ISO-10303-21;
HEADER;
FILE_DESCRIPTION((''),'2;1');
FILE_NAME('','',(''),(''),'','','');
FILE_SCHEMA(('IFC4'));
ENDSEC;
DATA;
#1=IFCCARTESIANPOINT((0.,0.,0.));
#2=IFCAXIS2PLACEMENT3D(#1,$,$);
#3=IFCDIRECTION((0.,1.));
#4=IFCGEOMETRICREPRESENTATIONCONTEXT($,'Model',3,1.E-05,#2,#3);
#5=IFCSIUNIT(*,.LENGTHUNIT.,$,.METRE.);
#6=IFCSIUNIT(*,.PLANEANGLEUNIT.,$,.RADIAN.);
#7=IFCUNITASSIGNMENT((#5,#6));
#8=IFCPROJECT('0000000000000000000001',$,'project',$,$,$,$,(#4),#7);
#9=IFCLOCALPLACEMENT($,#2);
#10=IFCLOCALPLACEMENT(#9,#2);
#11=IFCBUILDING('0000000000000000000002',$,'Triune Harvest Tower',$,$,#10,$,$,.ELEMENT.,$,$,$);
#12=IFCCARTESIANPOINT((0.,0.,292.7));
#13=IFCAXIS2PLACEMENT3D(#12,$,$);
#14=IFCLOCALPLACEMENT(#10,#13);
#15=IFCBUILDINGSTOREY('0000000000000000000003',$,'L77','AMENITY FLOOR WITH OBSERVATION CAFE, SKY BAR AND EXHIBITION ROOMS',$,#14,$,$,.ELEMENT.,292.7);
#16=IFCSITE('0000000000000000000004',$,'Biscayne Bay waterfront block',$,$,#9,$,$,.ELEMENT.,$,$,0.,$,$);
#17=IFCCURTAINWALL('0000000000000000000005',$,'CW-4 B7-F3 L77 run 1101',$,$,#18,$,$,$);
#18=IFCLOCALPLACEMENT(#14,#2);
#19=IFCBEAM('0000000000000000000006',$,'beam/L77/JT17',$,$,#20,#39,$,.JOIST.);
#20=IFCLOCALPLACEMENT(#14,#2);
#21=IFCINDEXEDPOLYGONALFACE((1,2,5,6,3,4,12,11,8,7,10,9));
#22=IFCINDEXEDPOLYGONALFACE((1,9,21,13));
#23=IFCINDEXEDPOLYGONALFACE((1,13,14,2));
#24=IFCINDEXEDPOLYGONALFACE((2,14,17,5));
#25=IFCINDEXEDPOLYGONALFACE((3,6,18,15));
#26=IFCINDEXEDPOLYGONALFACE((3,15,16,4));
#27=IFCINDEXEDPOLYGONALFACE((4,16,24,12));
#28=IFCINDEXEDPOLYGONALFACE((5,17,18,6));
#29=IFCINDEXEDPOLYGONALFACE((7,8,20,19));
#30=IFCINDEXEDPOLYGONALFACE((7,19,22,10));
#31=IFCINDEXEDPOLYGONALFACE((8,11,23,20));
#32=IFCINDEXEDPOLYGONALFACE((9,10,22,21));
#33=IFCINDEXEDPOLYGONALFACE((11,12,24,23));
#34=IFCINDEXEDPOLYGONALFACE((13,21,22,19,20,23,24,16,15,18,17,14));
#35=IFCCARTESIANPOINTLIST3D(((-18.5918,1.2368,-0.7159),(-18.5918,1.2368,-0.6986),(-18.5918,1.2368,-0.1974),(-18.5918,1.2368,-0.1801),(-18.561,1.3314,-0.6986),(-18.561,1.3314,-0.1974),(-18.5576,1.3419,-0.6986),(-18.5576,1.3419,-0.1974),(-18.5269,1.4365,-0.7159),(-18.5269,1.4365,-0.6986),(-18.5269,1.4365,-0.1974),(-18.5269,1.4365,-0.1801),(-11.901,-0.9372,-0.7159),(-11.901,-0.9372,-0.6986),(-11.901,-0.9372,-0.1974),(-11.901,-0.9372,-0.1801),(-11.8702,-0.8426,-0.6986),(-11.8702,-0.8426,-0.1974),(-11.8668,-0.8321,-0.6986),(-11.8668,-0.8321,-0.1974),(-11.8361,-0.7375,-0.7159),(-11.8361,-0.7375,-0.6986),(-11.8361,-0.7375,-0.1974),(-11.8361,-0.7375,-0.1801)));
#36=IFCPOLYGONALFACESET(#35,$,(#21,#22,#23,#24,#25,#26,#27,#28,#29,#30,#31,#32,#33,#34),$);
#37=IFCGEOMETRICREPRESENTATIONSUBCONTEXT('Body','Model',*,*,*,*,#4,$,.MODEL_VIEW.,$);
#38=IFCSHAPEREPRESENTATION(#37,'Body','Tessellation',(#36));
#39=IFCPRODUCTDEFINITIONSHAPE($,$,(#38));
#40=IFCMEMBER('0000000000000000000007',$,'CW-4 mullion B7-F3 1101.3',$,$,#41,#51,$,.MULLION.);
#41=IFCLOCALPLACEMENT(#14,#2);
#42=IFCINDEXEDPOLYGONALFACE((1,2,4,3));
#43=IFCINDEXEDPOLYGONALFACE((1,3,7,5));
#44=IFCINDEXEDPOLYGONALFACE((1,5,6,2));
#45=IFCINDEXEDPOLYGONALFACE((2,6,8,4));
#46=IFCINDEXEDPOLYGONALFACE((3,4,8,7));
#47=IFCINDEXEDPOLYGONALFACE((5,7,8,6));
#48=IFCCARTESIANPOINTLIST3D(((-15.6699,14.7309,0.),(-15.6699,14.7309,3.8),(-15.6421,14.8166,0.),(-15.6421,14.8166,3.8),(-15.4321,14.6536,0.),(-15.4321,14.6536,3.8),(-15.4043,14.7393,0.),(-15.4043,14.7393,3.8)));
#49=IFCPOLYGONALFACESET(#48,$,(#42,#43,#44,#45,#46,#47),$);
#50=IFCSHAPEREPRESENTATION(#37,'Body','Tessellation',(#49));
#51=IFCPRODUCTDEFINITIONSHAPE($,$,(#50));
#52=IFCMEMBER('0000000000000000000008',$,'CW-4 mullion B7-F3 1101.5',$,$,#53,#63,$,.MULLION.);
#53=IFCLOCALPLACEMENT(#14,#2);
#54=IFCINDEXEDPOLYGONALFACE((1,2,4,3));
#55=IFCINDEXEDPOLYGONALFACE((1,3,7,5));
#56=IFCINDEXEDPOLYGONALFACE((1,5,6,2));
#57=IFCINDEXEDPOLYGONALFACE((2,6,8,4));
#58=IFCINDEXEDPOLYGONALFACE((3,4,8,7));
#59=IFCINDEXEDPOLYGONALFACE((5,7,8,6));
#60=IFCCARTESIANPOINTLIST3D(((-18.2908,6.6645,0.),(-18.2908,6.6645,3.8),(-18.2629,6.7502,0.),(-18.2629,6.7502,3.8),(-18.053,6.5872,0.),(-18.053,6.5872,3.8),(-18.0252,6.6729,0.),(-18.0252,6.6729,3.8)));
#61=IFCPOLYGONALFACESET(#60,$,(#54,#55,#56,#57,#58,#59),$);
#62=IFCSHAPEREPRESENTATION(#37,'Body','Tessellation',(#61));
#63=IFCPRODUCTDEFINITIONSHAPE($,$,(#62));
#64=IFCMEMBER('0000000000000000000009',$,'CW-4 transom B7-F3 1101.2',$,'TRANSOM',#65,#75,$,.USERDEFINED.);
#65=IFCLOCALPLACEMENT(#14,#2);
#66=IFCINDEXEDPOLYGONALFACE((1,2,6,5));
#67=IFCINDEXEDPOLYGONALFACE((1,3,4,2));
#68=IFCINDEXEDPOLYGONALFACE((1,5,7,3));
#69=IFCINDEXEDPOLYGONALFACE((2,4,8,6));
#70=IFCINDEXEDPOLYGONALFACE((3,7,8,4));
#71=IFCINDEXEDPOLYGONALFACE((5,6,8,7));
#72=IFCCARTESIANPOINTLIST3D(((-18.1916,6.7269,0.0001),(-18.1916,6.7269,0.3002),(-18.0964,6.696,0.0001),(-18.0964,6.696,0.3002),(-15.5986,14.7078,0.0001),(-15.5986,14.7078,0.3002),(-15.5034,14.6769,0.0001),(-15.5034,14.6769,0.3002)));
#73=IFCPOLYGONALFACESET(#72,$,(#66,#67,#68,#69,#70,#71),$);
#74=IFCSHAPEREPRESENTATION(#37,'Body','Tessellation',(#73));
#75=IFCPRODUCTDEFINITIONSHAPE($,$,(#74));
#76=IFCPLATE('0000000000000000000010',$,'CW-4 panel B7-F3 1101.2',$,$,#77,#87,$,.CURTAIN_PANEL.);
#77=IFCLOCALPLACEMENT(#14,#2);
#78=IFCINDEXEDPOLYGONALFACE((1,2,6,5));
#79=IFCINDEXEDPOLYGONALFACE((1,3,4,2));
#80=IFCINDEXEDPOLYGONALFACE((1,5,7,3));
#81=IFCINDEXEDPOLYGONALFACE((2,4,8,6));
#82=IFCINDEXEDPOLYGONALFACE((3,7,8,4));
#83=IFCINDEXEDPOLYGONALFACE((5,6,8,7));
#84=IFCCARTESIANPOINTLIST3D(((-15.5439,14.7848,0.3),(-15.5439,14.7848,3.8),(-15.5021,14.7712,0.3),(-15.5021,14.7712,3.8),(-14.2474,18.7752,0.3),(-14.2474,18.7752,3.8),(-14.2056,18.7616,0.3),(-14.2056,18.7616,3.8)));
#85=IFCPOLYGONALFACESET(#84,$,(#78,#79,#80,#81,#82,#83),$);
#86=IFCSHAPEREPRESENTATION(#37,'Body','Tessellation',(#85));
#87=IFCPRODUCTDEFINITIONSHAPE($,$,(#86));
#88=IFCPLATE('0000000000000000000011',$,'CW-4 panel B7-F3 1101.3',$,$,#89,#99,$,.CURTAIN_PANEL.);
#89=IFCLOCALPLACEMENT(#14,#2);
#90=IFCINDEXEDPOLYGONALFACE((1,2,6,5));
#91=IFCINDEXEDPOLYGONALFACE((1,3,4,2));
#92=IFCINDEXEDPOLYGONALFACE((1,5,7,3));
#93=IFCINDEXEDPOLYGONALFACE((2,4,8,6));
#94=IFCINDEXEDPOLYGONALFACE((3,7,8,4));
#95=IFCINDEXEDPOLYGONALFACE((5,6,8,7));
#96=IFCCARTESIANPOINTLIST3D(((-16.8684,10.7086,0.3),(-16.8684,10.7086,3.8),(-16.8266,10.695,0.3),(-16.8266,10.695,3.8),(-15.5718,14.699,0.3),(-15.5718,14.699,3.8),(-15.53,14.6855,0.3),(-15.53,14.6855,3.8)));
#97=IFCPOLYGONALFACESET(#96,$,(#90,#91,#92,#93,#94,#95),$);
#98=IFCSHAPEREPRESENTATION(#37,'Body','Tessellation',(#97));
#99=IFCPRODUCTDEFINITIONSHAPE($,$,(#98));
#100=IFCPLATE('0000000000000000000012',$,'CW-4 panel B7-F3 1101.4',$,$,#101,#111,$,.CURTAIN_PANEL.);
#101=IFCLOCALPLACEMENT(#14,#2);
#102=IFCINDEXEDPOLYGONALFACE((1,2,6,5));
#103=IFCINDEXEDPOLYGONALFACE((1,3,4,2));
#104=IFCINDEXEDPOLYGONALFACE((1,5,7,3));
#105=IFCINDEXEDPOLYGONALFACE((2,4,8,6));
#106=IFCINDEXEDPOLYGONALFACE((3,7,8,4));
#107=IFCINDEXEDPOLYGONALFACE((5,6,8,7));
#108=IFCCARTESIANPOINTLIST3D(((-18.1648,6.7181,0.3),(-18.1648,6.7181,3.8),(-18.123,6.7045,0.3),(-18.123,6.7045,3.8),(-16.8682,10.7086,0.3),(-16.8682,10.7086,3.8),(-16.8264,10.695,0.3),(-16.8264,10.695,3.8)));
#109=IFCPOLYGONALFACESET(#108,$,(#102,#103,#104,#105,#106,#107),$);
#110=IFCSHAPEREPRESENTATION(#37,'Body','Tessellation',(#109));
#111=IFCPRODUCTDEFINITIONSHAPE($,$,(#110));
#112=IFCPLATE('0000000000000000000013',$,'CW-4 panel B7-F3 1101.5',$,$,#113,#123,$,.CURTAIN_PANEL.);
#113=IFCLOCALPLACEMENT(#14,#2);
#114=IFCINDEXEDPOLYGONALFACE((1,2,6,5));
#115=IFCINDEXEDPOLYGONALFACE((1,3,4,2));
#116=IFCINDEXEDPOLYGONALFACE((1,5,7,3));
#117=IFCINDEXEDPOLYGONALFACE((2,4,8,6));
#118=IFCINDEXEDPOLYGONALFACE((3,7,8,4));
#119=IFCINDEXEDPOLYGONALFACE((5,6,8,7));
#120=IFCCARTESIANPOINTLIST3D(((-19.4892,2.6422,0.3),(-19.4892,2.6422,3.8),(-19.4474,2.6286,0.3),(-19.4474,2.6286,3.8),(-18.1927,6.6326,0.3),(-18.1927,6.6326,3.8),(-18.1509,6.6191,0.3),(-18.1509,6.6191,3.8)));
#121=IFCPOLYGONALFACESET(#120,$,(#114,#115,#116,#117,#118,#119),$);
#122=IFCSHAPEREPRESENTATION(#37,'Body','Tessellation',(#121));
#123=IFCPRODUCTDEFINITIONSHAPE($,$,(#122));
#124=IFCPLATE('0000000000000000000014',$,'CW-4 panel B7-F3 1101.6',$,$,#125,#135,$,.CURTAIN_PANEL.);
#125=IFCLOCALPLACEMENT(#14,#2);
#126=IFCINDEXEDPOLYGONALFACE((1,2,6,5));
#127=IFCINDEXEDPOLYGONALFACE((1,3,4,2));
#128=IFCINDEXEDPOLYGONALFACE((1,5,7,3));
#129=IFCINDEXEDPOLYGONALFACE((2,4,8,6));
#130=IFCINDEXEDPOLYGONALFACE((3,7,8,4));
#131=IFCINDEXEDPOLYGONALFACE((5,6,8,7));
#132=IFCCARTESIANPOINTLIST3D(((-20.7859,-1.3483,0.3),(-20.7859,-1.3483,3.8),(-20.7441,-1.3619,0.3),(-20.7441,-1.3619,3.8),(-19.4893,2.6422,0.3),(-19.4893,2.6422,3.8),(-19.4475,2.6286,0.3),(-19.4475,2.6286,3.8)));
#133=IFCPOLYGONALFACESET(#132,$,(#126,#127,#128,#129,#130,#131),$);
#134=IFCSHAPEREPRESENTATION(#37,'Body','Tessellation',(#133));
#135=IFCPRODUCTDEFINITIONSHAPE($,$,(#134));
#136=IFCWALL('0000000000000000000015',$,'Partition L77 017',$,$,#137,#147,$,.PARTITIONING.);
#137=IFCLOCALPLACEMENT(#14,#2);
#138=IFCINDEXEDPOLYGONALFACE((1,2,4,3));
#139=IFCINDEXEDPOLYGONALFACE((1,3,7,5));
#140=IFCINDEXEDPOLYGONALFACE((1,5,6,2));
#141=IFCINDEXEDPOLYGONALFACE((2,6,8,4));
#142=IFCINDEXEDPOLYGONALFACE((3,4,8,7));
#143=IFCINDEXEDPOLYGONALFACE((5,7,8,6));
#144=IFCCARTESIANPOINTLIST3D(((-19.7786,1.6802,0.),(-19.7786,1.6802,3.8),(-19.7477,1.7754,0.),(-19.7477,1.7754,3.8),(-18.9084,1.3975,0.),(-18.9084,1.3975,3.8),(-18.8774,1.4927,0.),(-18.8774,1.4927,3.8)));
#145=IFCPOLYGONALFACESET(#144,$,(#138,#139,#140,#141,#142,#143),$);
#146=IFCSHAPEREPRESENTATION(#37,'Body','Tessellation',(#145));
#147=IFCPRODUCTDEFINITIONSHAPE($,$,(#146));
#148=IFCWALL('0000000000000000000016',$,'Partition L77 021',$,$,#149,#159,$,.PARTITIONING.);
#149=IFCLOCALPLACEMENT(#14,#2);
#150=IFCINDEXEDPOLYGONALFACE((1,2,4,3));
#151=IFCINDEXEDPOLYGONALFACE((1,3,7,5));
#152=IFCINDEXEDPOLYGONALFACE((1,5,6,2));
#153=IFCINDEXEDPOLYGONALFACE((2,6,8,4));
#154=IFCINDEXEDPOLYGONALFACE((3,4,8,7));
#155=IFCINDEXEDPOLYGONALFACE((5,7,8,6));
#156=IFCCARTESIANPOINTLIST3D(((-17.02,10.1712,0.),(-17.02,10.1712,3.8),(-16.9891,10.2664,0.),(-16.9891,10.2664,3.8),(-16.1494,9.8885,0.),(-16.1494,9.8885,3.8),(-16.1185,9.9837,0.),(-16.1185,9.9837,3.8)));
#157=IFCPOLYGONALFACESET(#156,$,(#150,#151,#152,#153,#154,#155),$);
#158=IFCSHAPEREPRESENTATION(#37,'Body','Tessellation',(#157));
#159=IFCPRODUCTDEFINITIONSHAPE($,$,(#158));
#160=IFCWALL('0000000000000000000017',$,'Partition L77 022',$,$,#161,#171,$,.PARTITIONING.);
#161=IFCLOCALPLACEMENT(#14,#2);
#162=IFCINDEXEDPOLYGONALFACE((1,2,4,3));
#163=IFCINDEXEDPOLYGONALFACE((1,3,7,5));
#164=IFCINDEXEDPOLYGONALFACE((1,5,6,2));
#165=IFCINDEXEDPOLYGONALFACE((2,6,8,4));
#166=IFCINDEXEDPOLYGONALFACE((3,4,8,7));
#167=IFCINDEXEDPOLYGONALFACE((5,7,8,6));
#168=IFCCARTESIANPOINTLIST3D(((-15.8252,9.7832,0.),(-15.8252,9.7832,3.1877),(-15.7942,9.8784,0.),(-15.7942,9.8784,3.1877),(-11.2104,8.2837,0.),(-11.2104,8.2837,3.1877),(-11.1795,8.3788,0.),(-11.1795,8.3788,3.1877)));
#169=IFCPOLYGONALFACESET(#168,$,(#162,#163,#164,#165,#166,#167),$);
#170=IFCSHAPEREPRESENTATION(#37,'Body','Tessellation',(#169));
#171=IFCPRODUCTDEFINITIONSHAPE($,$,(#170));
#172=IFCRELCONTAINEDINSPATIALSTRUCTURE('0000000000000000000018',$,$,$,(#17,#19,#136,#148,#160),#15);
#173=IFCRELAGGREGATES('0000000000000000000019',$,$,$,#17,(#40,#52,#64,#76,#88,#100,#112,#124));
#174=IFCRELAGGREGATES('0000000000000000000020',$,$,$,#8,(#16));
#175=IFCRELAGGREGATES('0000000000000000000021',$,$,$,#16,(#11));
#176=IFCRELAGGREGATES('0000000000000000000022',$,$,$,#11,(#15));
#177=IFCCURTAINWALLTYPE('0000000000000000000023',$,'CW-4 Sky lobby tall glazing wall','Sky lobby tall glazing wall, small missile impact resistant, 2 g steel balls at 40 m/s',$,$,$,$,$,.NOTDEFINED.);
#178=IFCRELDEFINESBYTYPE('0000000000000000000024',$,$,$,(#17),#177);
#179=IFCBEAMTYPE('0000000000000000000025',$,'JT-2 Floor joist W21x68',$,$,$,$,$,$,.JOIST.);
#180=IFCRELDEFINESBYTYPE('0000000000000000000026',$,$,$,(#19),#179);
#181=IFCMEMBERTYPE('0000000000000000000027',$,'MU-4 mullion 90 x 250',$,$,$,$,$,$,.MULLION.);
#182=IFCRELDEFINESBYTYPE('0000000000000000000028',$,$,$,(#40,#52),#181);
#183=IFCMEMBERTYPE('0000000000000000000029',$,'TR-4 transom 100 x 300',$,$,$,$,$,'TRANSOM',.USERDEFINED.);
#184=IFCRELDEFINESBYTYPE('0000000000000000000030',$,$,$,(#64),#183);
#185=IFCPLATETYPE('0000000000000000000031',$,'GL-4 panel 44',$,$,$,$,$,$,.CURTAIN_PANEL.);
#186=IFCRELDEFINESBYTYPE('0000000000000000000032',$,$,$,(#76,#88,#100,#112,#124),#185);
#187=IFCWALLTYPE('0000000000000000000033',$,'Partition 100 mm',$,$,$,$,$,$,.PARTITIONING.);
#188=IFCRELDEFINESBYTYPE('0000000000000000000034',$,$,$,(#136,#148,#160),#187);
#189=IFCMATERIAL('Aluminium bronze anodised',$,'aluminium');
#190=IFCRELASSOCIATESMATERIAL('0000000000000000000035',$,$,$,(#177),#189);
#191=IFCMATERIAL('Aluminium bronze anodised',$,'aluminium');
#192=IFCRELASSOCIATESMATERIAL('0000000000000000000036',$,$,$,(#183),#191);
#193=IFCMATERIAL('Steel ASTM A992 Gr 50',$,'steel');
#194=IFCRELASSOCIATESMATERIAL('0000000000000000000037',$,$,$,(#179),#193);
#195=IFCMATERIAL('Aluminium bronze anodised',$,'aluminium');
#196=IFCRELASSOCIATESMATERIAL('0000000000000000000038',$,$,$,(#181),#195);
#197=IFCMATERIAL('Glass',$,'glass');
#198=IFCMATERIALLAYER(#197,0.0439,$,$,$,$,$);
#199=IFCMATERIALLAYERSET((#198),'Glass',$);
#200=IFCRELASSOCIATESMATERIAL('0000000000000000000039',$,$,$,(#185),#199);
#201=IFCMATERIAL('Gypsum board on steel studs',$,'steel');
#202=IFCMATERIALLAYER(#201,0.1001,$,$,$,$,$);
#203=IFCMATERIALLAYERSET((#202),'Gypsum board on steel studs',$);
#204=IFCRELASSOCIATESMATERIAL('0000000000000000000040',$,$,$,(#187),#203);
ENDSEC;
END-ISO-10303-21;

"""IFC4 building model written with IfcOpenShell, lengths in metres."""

from ifc_helpers import new_model, si_unit, direction, frame, frame_2d, origin, origin_2d, place, context, subcontext, project, spatial, rectangle, i_section, extrude, source, transform, mapped, material, layer, layer_set, material_profile, profile_set, type_object, element, aggregate, save


model = new_model("IFC4")

# Units and contexts
model_context = context("Model", 3, precision=1e-05, world=origin(), true_north=direction((0.0, 1.0)))
body_context = subcontext(model_context, "Body", "Model", "MODEL_VIEW")
ifc_project = project(units=[si_unit("LENGTHUNIT", "METRE"), si_unit("PLANEANGLEUNIT", "RADIAN")], contexts=[model_context])

# Site, building, storey
site_placement = place(None, origin())
site = spatial("IfcSite", under=ifc_project, at=site_placement, Name="Biscayne Bay waterfront block", CompositionType="ELEMENT", RefElevation=0.0)
building_placement = place(site_placement, origin())
building = spatial("IfcBuilding", under=site, at=building_placement, Name="Triune Harvest Tower", CompositionType="ELEMENT")
storey_placement = place(building_placement, frame((0.0, 0.0, 292.7)))
storey = spatial("IfcBuildingStorey", under=building, at=storey_placement, Name="L77", Description="AMENITY FLOOR WITH OBSERVATION CAFE, SKY BAR AND EXHIBITION ROOMS", CompositionType="ELEMENT", Elevation=292.7)

# Curtain wall
ifc_material_1 = material(Name="Aluminium bronze anodised", Category="aluminium")
curtain_wall_type = type_object("IfcCurtainWallType", Name="CW-4 Sky lobby tall glazing wall", Description="Sky lobby tall glazing wall, small missile impact resistant, 2 g steel balls at 40 m/s", PredefinedType="NOTDEFINED", material=ifc_material_1)
curtain_wall_placement = place(storey_placement, origin())
curtain_wall = element("IfcCurtainWall", 1, at=curtain_wall_placement, inside=storey, type_object=curtain_wall_type, Name="CW-4 B7-F3 L77 run 1101")
ifc_material_2 = material(Name="Aluminium bronze anodised", Category="aluminium")
ifc_material_profile_1 = material_profile(ifc_material_2, rectangle(XDim=0.1001, YDim=0.3, at=origin_2d()), Name="TR-4 transom 100 x 300")
ifc_profile_set_1 = profile_set([ifc_material_profile_1], Name="Aluminium bronze anodised")
member_type_1 = type_object("IfcMemberType", Name="TR-4 transom 100 x 300", ElementType="TRANSOM", PredefinedType="USERDEFINED", material=ifc_profile_set_1)

# Beam
ifc_material_3 = material(Name="Steel ASTM A992 Gr 50", Category="steel")
ifc_material_profile_2 = material_profile(ifc_material_3, i_section(OverallWidth=0.21, OverallDepth=0.5359, WebThickness=0.011, FlangeThickness=0.0173, at=origin_2d()), Name="W21x68")
ifc_profile_set_2 = profile_set([ifc_material_profile_2], Name="Steel ASTM A992 Gr 50")
beam_type_1 = type_object("IfcBeamType", Name="JT-2 Floor joist W21x68", PredefinedType="JOIST", material=ifc_profile_set_2)
shared_shape_1 = source(origin(), body_context, "Body", "SweptSolid", [
    extrude(i_section(OverallWidth=0.21, OverallDepth=0.5359, WebThickness=0.011, FlangeThickness=0.0173, at=origin_2d()), origin(), (0.0, 0.0, 1.0), 7.0352),
])
beam_1_placement = place(storey_placement, frame((-18.5593, 1.3367, -0.448), z_axis=(0.951054, -0.309025, 0.0), x_axis=(0.309025, 0.951054, 0.0)))
element("IfcBeam", 2, at=beam_1_placement, inside=storey, type_object=beam_type_1, Name="beam/L77/JT17", PredefinedType="JOIST", context=body_context, shape_type="MappedRepresentation", body=[
    mapped(shared_shape_1, transform((0.0, 0.0, 0.0), scale=1.0)),
])

# Members
ifc_material_4 = material(Name="Aluminium bronze anodised", Category="aluminium")
ifc_material_profile_3 = material_profile(ifc_material_4, rectangle(XDim=0.25, YDim=0.0901, at=origin_2d()), Name="MU-4 mullion 90 x 250")
ifc_profile_set_3 = profile_set([ifc_material_profile_3], Name="Aluminium bronze anodised")
member_type_2 = type_object("IfcMemberType", Name="MU-4 mullion 90 x 250", PredefinedType="MULLION", material=ifc_profile_set_3)
shared_shape_2 = source(origin(), body_context, "Body", "SweptSolid", [
    extrude(rectangle(XDim=0.25, YDim=0.0901, at=origin_2d()), origin(), (0.0, 0.0, 1.0), 3.8),
])
member_1_placement = place(storey_placement, frame((-15.5371, 14.7351, 0.0), z_axis=(0.0, 0.0, 1.0), x_axis=(0.951058, -0.309013, 0.0)))
member_1 = element("IfcMember", 3, at=member_1_placement, type_object=member_type_2, Name="CW-4 mullion B7-F3 1101.3", PredefinedType="MULLION", context=body_context, shape_type="MappedRepresentation", body=[
    mapped(shared_shape_2, transform((0.0, 0.0, 0.0), scale=1.0)),
])
member_2_placement = place(storey_placement, frame((-18.158, 6.6687, 0.0), z_axis=(0.0, 0.0, 1.0), x_axis=(0.951058, -0.309013, 0.0)))
member_2 = element("IfcMember", 4, at=member_2_placement, type_object=member_type_2, Name="CW-4 mullion B7-F3 1101.5", PredefinedType="MULLION", context=body_context, shape_type="MappedRepresentation", body=[
    mapped(shared_shape_2, transform((0.0, 0.0, 0.0), scale=1.0)),
])
shared_shape_3 = source(origin(), body_context, "Body", "SweptSolid", [
    extrude(rectangle(XDim=0.1001, YDim=0.3, at=origin_2d()), origin(), (0.0, 0.0, 1.0), 8.3916),
])
member_3_placement = place(storey_placement, frame((-15.551, 14.6924, 0.1501), z_axis=(-0.309001, -0.951062, 0.0), x_axis=(0.951062, -0.309001, 0.0)))
member_3 = element("IfcMember", 5, at=member_3_placement, type_object=member_type_1, Name="CW-4 transom B7-F3 1101.2", ObjectType="TRANSOM", PredefinedType="USERDEFINED", context=body_context, shape_type="MappedRepresentation", body=[
    mapped(shared_shape_3, transform((0.0, 0.0, 0.0), scale=1.0)),
])

# Plates
ifc_material_5 = material(Name="Glass", Category="glass")
ifc_layer_1 = layer(ifc_material_5, 0.0439)
ifc_layer_set_1 = layer_set([ifc_layer_1], Name="Glass")
plate_type = type_object("IfcPlateType", Name="GL-4 panel 44", PredefinedType="CURTAIN_PANEL", material=ifc_layer_set_1)
shared_shape_4 = source(origin(), body_context, "Body", "SweptSolid", [
    extrude(rectangle(XDim=4.1958, YDim=0.0439, at=origin_2d()), origin(), (0.0, 0.0, 1.0), 3.5),
])
plate_1_placement = place(storey_placement, frame((-14.8748, 16.7732, 0.3), z_axis=(0.0, 0.0, 1.0), x_axis=(-0.309013, -0.951058, 0.0)))
plate_1 = element("IfcPlate", 6, at=plate_1_placement, type_object=plate_type, Name="CW-4 panel B7-F3 1101.2", PredefinedType="CURTAIN_PANEL", context=body_context, shape_type="MappedRepresentation", body=[
    mapped(shared_shape_4, transform((0.0, 0.0, 0.0), scale=1.0)),
])
plate_2_placement = place(storey_placement, frame((-16.1992, 12.697, 0.3), z_axis=(0.0, 0.0, 1.0), x_axis=(-0.309013, -0.951058, 0.0)))
plate_2 = element("IfcPlate", 7, at=plate_2_placement, type_object=plate_type, Name="CW-4 panel B7-F3 1101.3", PredefinedType="CURTAIN_PANEL", context=body_context, shape_type="MappedRepresentation", body=[
    mapped(shared_shape_4, transform((0.0, 0.0, 0.0), scale=1.0)),
])
plate_3_placement = place(storey_placement, frame((-17.4956, 8.7065, 0.3), z_axis=(0.0, 0.0, 1.0), x_axis=(-0.309013, -0.951058, 0.0)))
plate_3 = element("IfcPlate", 8, at=plate_3_placement, type_object=plate_type, Name="CW-4 panel B7-F3 1101.4", PredefinedType="CURTAIN_PANEL", context=body_context, shape_type="MappedRepresentation", body=[
    mapped(shared_shape_4, transform((0.0, 0.0, 0.0), scale=1.0)),
])
plate_4_placement = place(storey_placement, frame((-18.8201, 4.6306, 0.3), z_axis=(0.0, 0.0, 1.0), x_axis=(-0.309013, -0.951058, 0.0)))
plate_4 = element("IfcPlate", 9, at=plate_4_placement, type_object=plate_type, Name="CW-4 panel B7-F3 1101.5", PredefinedType="CURTAIN_PANEL", context=body_context, shape_type="MappedRepresentation", body=[
    mapped(shared_shape_4, transform((0.0, 0.0, 0.0), scale=1.0)),
])
plate_5_placement = place(storey_placement, frame((-20.1167, 0.6401, 0.3), z_axis=(0.0, 0.0, 1.0), x_axis=(-0.309013, -0.951058, 0.0)))
plate_5 = element("IfcPlate", 10, at=plate_5_placement, type_object=plate_type, Name="CW-4 panel B7-F3 1101.6", PredefinedType="CURTAIN_PANEL", context=body_context, shape_type="MappedRepresentation", body=[
    mapped(shared_shape_4, transform((0.0, 0.0, 0.0), scale=1.0)),
])
aggregate(curtain_wall, [member_1, member_2, member_3, plate_1, plate_2, plate_3, plate_4, plate_5])

# Walls
ifc_material_6 = material(Name="Gypsum board on steel studs", Category="steel")
ifc_layer_2 = layer(ifc_material_6, 0.1001)
ifc_layer_set_2 = layer_set([ifc_layer_2], Name="Gypsum board on steel studs")
wall_type = type_object("IfcWallType", Name="Partition 100 mm", PredefinedType="PARTITIONING", material=ifc_layer_set_2)
wall_1_placement = place(storey_placement, frame((-19.7632, 1.7278, 0.0), z_axis=(0.0, 0.0, 1.0), x_axis=(0.951083, -0.308935, 0.0)))
element("IfcWall", 11, at=wall_1_placement, inside=storey, type_object=wall_type, Name="Partition L77 017", PredefinedType="PARTITIONING", context=body_context, shape_type="SweptSolid", body=[
    extrude(rectangle(XDim=0.915, YDim=0.1001, at=frame_2d((0.4575, 0.0))), origin(), (0.0, 0.0, 1.0), 3.8),
])
shared_shape_5 = source(origin(), body_context, "Body", "SweptSolid", [
    extrude(rectangle(XDim=0.9153, YDim=0.1001, at=frame_2d((0.4575, 0.0))), origin(), (0.0, 0.0, 1.0), 3.8),
])
wall_2_placement = place(storey_placement, frame((-17.0044, 10.2188, 0.0), z_axis=(0.0, 0.0, 1.0), x_axis=(0.951109, -0.308857, 0.0)))
element("IfcWall", 12, at=wall_2_placement, inside=storey, type_object=wall_type, Name="Partition L77 021", PredefinedType="PARTITIONING", context=body_context, shape_type="MappedRepresentation", body=[
    mapped(shared_shape_5, transform((0.0, 0.0, 0.0), scale=1.0)),
])
shared_shape_6 = source(origin(), body_context, "Body", "SweptSolid", [
    extrude(rectangle(XDim=4.8523, YDim=0.1001, at=frame_2d((2.4263, 0.0))), origin(), (0.0, 0.0, 1.0), 3.1877),
])
wall_3_placement = place(storey_placement, frame((-15.8098, 9.8308, 0.0), z_axis=(0.0, 0.0, 1.0), x_axis=(0.951051, -0.309034, 0.0)))
element("IfcWall", 13, at=wall_3_placement, inside=storey, type_object=wall_type, Name="Partition L77 022", PredefinedType="PARTITIONING", context=body_context, shape_type="MappedRepresentation", body=[
    mapped(shared_shape_6, transform((0.0, 0.0, 0.0), scale=1.0)),
])

save(model, "model.ifc")
